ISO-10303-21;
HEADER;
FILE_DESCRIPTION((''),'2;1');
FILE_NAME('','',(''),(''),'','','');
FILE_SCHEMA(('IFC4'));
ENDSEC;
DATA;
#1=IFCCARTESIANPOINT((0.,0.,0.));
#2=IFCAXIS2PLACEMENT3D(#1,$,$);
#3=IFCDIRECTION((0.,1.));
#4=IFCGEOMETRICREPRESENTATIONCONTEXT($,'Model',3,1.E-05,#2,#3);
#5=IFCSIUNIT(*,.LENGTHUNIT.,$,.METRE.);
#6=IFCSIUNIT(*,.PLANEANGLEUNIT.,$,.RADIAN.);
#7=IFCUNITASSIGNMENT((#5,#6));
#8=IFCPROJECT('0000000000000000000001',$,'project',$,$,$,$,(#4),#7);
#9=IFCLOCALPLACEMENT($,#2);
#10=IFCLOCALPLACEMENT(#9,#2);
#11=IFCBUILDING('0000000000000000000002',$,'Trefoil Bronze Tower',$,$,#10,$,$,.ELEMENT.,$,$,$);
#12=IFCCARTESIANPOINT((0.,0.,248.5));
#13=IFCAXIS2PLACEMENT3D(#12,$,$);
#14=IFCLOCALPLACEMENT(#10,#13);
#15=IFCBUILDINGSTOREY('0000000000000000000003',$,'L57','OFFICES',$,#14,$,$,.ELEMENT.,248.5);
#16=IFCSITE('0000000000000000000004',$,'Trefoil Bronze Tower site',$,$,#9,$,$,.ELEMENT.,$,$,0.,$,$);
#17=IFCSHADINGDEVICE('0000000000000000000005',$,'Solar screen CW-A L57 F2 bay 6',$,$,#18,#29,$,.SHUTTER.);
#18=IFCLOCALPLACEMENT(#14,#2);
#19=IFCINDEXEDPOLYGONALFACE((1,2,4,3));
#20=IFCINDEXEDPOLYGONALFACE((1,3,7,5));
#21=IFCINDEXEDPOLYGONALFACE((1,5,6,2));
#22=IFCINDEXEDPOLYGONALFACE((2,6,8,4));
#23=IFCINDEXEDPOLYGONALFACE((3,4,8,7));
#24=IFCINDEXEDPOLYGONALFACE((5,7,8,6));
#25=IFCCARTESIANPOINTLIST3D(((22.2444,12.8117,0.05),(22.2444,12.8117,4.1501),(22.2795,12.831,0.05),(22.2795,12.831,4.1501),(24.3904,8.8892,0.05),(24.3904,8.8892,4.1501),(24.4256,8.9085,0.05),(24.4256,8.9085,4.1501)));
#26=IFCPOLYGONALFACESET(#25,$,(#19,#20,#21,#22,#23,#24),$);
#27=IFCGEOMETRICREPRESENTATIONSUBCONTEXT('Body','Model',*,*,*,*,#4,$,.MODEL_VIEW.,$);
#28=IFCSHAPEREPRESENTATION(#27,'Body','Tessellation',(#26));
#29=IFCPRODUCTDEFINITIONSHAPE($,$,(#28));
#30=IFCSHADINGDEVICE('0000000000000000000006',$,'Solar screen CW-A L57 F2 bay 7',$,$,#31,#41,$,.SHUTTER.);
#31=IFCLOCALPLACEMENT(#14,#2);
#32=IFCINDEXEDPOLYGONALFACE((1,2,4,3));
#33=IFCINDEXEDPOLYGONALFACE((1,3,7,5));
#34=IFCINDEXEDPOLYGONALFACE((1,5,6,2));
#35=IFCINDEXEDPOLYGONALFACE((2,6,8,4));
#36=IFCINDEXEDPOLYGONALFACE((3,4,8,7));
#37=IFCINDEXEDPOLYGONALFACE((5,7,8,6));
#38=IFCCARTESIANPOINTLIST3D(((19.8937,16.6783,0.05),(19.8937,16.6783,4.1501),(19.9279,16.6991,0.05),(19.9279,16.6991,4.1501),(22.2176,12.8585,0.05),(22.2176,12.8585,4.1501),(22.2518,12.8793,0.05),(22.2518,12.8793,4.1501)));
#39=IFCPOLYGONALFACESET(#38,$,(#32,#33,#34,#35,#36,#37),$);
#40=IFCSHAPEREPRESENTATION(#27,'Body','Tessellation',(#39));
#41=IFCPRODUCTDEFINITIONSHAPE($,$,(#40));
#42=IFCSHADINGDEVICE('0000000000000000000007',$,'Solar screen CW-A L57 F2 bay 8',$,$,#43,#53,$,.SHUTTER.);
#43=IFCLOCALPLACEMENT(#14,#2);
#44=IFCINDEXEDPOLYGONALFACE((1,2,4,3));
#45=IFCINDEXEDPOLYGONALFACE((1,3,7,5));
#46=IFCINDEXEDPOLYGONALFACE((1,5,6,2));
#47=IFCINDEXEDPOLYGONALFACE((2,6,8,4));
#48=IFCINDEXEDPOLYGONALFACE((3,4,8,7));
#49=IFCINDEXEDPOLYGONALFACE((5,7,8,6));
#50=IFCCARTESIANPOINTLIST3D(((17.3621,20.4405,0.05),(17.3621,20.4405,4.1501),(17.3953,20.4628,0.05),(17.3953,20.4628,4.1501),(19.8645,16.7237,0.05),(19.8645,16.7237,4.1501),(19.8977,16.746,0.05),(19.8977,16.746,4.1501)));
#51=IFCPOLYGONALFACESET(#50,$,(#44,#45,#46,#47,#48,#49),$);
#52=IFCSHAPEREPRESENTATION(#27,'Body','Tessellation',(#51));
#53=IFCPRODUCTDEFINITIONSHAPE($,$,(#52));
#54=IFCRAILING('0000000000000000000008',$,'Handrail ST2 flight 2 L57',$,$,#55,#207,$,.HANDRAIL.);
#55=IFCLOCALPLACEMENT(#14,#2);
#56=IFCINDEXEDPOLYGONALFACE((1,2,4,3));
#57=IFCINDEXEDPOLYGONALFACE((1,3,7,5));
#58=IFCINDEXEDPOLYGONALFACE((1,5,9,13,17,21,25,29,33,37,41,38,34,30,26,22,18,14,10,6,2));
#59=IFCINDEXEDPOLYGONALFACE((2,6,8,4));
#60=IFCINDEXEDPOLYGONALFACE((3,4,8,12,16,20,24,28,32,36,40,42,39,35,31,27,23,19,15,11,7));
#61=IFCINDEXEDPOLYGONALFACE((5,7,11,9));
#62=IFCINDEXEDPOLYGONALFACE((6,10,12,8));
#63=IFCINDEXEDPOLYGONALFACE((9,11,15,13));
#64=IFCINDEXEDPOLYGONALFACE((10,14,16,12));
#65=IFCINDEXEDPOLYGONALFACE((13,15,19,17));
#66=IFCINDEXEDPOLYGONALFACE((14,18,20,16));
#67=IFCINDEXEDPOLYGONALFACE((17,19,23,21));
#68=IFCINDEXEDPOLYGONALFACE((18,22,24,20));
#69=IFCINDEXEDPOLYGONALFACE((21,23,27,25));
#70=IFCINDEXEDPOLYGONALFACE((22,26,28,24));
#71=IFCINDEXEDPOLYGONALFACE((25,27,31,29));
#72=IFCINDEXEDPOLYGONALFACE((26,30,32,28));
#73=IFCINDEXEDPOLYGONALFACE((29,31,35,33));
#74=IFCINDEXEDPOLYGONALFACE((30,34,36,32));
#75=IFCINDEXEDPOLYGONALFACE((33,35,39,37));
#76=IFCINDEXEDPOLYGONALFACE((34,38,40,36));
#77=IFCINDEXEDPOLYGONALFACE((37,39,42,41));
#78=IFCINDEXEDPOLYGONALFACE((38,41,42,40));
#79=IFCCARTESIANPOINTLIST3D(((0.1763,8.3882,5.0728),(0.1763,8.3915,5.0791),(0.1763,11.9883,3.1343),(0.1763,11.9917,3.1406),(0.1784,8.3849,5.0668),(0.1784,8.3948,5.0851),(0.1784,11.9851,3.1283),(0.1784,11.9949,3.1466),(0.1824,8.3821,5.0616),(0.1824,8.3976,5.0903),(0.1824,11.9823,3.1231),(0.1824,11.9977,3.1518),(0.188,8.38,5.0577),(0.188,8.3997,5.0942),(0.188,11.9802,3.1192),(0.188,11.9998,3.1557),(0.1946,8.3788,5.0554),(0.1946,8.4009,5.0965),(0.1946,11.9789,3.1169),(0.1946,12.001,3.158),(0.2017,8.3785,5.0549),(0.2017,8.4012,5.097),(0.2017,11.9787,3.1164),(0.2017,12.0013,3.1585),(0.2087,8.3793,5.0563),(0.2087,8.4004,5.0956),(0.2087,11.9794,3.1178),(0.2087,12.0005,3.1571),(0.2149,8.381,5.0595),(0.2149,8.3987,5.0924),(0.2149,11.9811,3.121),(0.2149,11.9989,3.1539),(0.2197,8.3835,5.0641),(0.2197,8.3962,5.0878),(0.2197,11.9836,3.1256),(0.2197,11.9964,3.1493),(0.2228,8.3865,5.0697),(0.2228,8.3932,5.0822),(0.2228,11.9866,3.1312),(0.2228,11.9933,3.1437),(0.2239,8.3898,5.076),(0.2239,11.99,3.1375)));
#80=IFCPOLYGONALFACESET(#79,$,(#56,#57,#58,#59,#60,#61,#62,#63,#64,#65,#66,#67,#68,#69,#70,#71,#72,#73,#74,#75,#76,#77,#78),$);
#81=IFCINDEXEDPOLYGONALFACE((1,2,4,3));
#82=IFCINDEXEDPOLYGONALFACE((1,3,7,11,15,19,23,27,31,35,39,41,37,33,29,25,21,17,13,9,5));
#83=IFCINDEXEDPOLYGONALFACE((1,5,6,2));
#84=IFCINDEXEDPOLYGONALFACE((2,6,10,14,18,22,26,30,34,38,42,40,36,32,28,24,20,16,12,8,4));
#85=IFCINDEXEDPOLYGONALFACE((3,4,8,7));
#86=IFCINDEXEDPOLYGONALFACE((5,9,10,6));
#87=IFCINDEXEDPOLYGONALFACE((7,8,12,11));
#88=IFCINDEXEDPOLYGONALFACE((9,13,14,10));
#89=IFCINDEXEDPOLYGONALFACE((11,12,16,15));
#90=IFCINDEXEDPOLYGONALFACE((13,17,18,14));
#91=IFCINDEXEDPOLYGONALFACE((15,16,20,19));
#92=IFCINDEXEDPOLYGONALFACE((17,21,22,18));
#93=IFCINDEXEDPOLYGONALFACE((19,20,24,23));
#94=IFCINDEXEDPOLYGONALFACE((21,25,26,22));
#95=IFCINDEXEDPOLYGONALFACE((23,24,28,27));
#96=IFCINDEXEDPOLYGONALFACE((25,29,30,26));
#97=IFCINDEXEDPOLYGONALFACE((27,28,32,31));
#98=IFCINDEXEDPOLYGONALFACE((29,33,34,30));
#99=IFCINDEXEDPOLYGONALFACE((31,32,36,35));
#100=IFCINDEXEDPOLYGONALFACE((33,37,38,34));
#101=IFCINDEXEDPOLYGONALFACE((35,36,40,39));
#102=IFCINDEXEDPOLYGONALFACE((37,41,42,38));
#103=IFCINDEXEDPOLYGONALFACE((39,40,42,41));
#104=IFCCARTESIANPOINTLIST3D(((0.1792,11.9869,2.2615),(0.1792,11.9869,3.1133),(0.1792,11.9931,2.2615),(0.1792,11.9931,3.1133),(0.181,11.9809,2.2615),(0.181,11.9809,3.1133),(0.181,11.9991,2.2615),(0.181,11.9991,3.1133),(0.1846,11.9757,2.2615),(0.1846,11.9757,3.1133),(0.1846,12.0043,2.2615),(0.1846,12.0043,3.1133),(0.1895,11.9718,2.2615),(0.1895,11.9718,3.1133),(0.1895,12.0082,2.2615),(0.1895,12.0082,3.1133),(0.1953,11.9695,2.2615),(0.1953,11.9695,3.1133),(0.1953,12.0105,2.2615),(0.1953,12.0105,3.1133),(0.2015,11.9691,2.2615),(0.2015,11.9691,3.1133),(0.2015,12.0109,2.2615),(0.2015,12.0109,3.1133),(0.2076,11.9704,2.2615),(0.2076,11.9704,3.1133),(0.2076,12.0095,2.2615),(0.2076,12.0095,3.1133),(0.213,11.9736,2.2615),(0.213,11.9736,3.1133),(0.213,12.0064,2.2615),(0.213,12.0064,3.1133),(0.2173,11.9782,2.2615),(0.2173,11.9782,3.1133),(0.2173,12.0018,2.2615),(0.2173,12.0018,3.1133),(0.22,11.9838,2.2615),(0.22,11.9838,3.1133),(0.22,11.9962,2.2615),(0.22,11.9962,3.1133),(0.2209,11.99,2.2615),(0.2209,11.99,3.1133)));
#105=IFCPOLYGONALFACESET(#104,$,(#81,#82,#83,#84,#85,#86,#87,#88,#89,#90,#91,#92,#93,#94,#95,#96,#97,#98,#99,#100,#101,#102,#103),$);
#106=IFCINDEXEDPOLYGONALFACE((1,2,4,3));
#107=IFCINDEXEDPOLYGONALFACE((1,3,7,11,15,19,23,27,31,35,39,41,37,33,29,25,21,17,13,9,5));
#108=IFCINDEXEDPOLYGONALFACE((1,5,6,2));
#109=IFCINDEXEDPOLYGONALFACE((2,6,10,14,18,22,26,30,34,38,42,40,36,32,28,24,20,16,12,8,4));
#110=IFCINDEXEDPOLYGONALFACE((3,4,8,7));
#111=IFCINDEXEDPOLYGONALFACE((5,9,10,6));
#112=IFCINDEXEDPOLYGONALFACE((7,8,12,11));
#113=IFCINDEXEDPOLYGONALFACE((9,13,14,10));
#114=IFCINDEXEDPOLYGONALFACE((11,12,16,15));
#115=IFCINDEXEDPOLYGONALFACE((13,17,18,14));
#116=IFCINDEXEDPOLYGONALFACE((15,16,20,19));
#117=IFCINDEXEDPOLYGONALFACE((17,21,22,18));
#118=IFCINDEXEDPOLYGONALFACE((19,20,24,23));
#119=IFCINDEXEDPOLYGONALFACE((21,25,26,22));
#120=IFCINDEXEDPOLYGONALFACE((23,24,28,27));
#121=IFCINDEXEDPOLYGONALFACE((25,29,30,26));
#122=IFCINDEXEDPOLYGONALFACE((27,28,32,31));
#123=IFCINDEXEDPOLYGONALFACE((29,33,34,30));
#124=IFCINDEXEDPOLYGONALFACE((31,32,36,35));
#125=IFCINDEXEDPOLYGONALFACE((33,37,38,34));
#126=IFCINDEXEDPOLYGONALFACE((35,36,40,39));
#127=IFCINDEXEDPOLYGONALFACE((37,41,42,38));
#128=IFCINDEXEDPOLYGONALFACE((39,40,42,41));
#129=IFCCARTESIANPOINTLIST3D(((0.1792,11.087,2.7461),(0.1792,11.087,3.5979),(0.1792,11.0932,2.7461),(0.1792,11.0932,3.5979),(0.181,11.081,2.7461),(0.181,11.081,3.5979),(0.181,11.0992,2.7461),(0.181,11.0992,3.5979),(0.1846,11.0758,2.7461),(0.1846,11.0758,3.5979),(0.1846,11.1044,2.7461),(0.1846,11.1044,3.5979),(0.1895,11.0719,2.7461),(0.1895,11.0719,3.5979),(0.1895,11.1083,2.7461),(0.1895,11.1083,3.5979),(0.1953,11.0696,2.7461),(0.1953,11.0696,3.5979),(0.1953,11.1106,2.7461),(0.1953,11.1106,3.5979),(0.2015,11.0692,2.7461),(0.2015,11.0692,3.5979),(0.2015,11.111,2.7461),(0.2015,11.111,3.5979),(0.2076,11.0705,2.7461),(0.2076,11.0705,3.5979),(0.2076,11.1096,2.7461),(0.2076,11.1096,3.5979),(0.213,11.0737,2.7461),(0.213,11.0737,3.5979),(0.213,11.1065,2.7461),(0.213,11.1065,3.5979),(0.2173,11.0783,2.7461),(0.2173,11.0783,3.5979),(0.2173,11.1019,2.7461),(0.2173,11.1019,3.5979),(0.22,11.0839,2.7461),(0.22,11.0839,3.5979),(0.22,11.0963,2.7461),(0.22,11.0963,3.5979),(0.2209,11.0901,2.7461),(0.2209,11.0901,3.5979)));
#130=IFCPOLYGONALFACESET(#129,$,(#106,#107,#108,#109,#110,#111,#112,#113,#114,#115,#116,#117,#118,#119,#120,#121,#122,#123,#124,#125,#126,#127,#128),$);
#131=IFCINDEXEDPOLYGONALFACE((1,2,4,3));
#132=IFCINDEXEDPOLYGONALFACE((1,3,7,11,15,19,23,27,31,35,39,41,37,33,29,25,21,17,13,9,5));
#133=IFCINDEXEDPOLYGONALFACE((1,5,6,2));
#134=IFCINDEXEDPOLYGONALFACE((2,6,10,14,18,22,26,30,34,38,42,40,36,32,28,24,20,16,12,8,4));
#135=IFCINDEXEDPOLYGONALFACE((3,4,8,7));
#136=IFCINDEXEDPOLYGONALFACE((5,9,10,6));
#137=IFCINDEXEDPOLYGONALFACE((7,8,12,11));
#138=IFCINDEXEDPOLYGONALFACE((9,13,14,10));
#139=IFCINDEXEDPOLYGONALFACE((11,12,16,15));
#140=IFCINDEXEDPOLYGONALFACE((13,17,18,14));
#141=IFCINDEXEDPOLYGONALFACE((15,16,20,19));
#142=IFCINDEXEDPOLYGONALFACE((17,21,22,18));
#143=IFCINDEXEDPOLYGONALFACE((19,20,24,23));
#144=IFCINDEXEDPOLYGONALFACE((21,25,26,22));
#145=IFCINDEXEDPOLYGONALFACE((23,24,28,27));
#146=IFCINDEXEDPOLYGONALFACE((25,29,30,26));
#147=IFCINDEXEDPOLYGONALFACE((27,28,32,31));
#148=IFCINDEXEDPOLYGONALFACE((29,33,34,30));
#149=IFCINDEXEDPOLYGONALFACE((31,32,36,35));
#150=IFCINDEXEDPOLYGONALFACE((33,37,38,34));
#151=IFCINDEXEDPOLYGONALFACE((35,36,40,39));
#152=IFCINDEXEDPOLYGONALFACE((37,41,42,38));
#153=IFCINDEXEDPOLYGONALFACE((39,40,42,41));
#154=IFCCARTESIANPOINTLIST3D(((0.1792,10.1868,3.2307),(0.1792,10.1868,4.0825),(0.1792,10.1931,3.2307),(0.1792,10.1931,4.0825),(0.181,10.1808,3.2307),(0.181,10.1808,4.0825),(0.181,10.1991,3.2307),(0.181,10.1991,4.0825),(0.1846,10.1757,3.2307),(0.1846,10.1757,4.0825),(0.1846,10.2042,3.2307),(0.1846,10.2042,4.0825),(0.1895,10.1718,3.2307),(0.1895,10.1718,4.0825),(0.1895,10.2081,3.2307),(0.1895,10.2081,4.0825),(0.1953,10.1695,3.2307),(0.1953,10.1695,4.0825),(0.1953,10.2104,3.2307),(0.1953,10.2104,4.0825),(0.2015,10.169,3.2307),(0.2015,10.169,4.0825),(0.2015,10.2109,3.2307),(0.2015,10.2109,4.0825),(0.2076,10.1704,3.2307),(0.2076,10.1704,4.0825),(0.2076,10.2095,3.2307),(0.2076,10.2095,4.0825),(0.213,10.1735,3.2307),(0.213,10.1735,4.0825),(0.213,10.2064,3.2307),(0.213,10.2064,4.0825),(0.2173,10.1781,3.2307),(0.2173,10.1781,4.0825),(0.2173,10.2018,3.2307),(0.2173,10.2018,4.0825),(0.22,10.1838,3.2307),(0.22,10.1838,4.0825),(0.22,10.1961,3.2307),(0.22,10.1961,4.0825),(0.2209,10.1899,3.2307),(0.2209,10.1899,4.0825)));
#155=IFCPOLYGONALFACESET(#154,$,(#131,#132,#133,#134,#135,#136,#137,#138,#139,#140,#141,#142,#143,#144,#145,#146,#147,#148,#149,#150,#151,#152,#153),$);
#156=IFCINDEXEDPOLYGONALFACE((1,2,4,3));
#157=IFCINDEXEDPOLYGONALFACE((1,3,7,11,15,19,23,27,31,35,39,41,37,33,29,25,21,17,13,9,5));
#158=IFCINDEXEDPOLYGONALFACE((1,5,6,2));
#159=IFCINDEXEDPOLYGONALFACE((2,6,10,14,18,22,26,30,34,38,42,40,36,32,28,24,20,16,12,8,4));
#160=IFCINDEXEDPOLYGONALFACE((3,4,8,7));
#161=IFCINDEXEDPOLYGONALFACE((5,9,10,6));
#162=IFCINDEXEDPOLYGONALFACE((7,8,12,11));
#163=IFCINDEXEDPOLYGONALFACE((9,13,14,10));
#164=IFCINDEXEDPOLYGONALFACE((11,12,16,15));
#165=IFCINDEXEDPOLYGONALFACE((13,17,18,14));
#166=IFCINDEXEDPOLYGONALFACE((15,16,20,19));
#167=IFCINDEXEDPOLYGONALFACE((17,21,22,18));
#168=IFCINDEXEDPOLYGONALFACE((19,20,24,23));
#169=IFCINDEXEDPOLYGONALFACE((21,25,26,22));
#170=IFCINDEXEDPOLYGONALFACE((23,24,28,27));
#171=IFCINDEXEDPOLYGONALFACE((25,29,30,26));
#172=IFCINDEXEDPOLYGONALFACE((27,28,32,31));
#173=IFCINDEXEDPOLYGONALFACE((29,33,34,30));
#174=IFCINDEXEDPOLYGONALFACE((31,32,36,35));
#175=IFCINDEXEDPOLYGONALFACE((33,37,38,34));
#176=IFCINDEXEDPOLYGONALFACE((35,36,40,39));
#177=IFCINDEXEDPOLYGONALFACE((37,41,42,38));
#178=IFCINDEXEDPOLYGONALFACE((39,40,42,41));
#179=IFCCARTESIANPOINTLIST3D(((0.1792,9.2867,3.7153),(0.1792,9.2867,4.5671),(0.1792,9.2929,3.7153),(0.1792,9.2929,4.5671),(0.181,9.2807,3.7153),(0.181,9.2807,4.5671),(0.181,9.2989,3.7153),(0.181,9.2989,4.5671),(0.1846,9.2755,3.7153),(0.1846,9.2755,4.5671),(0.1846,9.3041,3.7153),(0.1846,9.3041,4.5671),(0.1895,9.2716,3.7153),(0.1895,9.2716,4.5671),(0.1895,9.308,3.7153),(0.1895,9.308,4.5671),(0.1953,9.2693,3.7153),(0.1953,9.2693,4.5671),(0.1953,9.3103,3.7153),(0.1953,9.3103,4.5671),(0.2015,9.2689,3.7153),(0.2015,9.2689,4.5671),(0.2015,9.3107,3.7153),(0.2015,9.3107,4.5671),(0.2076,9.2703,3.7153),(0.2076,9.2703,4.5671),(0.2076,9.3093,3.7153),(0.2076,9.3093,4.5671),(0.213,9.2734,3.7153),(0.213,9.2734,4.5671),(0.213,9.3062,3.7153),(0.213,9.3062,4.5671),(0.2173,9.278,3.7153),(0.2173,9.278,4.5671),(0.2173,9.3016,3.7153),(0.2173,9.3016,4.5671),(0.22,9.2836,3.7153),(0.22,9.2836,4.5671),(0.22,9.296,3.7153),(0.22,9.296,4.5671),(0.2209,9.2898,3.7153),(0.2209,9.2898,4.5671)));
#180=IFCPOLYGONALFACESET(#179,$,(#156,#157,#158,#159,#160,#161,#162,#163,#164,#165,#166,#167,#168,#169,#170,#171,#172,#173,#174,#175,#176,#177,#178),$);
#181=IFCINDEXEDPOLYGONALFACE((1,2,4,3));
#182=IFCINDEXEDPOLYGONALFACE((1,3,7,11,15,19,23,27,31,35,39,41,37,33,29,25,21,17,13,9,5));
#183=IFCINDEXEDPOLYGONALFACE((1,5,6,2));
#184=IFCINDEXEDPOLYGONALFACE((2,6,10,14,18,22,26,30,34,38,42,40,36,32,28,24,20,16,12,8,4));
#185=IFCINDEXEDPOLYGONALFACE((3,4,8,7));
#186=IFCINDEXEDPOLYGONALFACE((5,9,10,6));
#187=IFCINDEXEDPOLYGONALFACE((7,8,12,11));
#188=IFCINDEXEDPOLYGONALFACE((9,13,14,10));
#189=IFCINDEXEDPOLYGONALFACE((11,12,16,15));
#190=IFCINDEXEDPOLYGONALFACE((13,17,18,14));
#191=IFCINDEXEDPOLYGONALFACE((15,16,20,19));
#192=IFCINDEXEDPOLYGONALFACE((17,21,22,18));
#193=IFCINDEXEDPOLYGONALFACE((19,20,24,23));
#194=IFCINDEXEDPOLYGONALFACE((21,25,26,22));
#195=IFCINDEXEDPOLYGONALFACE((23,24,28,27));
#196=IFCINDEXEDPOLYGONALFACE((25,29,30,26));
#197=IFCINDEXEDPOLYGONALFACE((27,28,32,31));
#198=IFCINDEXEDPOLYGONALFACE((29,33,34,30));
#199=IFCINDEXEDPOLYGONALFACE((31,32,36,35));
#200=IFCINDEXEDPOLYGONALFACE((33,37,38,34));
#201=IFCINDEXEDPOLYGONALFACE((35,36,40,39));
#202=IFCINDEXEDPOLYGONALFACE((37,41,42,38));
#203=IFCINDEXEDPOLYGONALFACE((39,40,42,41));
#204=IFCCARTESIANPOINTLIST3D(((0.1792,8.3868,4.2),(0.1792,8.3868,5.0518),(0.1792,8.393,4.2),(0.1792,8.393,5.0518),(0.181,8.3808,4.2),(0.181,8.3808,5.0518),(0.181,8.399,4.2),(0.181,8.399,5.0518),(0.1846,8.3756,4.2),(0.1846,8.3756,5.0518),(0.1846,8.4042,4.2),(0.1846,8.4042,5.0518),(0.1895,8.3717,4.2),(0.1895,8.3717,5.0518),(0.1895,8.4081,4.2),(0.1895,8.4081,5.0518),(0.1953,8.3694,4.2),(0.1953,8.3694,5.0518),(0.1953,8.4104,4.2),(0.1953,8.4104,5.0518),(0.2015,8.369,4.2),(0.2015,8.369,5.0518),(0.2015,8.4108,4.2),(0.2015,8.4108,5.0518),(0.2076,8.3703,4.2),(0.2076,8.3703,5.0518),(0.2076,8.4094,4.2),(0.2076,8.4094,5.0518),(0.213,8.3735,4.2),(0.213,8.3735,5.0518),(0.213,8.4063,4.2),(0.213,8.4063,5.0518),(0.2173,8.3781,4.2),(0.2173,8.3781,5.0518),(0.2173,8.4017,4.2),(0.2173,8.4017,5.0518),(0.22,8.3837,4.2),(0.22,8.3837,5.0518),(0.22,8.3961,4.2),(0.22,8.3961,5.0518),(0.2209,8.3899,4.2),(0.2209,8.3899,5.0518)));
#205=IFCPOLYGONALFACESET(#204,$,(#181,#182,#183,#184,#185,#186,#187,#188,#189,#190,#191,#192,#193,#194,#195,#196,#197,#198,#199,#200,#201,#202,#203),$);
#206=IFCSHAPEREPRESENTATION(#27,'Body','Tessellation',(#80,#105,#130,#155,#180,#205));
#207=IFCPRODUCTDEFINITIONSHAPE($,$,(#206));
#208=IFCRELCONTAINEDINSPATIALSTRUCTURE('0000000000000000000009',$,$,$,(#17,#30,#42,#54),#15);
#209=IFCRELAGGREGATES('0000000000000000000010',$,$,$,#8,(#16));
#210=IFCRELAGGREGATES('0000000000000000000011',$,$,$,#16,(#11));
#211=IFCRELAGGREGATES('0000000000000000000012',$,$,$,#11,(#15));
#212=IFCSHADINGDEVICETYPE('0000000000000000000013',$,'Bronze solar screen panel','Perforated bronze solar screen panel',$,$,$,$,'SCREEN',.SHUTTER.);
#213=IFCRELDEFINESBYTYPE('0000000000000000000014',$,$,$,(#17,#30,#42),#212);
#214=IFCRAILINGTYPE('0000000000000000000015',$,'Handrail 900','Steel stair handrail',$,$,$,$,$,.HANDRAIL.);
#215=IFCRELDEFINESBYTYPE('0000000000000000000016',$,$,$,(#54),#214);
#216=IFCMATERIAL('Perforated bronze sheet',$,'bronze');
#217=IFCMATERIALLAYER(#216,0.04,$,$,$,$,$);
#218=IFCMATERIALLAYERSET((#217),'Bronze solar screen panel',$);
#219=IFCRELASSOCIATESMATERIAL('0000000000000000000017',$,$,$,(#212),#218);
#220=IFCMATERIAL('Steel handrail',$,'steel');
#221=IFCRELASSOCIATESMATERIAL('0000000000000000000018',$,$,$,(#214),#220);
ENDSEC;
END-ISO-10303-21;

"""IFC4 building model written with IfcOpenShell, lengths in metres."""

from ifc_helpers import new_model, si_unit, direction, frame, origin, origin_2d, place, context, subcontext, project, spatial, rectangle, circle, extrude, material, layer, layer_set, type_object, element, save


model = new_model("IFC4")

# Units and contexts
model_context = context("Model", 3, precision=1e-05, world=origin(), true_north=direction((0.0, 1.0)))
body_context = subcontext(model_context, "Body", "Model", "MODEL_VIEW")
ifc_project = project(units=[si_unit("LENGTHUNIT", "METRE"), si_unit("PLANEANGLEUNIT", "RADIAN")], contexts=[model_context])

# Site, building, storey
site_placement = place(None, origin())
site = spatial("IfcSite", under=ifc_project, at=site_placement, Name="Trefoil Bronze Tower site", CompositionType="ELEMENT", RefElevation=0.0)
building_placement = place(site_placement, origin())
building = spatial("IfcBuilding", under=site, at=building_placement, Name="Trefoil Bronze Tower", CompositionType="ELEMENT")
storey_placement = place(building_placement, frame((0.0, 0.0, 248.5)))
storey = spatial("IfcBuildingStorey", under=building, at=storey_placement, Name="L57", Description="OFFICES", CompositionType="ELEMENT", Elevation=248.5)

# Shading devices
ifc_material_1 = material(Name="Perforated bronze sheet", Category="bronze")
ifc_layer_1 = layer(ifc_material_1, 0.04)
ifc_layer_set_1 = layer_set([ifc_layer_1], Name="Bronze solar screen panel")
shading_device_type = type_object("IfcShadingDeviceType", Name="Bronze solar screen panel", Description="Perforated bronze solar screen panel", ElementType="SCREEN", PredefinedType="SHUTTER", material=ifc_layer_set_1)
for number, where, z_axis, x_axis, name in (
    (1, (23.335, 10.8601, 0.05), (0.0, 0.0, 1.0), (-0.479974, 0.877283, 0.0), "Solar screen CW-A L57 F2 bay 6"),
    (2, (21.0728, 14.7788, 0.05), (0.0, 0.0, 1.0), (-0.519762, 0.854311, 0.0), "Solar screen CW-A L57 F2 bay 7"),
):
    element("IfcShadingDevice", number, at=place(storey_placement, frame(where, z_axis=z_axis, x_axis=x_axis)), inside=storey, type_object=shading_device_type, Name=name, PredefinedType="SHUTTER", context=body_context, shape_type="SweptSolid", body=[
        extrude(rectangle(XDim=4.4712, YDim=0.04, at=origin_2d()), origin(), (0.0, 0.0, 1.0), 4.1001),
    ])
shading_device_placement = place(storey_placement, frame((18.6299, 18.5933, 0.05), z_axis=(0.0, 0.0, 1.0), x_axis=(-0.558493, 0.829509, 0.0)))
element("IfcShadingDevice", 3, at=shading_device_placement, inside=storey, type_object=shading_device_type, Name="Solar screen CW-A L57 F2 bay 8", PredefinedType="SHUTTER", context=body_context, shape_type="SweptSolid", body=[
    extrude(rectangle(XDim=4.4807, YDim=0.04, at=origin_2d()), origin(), (0.0, 0.0, 1.0), 4.1001),
])

# Railing
ifc_material_2 = material(Name="Steel handrail", Category="steel")
railing_type = type_object("IfcRailingType", Name="Handrail 900", Description="Steel stair handrail", PredefinedType="HANDRAIL", material=ifc_material_2)
railing_placement = place(storey_placement, frame((0.2, 11.99, 2.2615)))
element("IfcRailing", 4, at=railing_placement, inside=storey, type_object=railing_type, Name="Handrail ST2 flight 2 L57", PredefinedType="HANDRAIL", context=body_context, shape_type="SweptSolid", body=[
    extrude(circle(Radius=0.0239, at=origin_2d()), frame((0.0, 0.0, 0.876), z_axis=(0.0, -0.880475, 0.474093), x_axis=(1.0, 0.0, 0.0)), (0.0, 0.0, 1.0), 4.0889),
    extrude(circle(Radius=0.021, at=origin_2d()), origin(), (0.0, 0.0, 1.0), 0.8518),
    extrude(circle(Radius=0.021, at=origin_2d()), frame((0.0, -0.8999, 0.4846)), (0.0, 0.0, 1.0), 0.8518),
    extrude(circle(Radius=0.021, at=origin_2d()), frame((0.0, -1.8, 0.9692)), (0.0, 0.0, 1.0), 0.8518),
    extrude(circle(Radius=0.021, at=origin_2d()), frame((0.0, -2.7002, 1.4539)), (0.0, 0.0, 1.0), 0.8518),
    extrude(circle(Radius=0.021, at=origin_2d()), frame((0.0, -3.6001, 1.9385)), (0.0, 0.0, 1.0), 0.8518),
])

save(model, "model.ifc")
